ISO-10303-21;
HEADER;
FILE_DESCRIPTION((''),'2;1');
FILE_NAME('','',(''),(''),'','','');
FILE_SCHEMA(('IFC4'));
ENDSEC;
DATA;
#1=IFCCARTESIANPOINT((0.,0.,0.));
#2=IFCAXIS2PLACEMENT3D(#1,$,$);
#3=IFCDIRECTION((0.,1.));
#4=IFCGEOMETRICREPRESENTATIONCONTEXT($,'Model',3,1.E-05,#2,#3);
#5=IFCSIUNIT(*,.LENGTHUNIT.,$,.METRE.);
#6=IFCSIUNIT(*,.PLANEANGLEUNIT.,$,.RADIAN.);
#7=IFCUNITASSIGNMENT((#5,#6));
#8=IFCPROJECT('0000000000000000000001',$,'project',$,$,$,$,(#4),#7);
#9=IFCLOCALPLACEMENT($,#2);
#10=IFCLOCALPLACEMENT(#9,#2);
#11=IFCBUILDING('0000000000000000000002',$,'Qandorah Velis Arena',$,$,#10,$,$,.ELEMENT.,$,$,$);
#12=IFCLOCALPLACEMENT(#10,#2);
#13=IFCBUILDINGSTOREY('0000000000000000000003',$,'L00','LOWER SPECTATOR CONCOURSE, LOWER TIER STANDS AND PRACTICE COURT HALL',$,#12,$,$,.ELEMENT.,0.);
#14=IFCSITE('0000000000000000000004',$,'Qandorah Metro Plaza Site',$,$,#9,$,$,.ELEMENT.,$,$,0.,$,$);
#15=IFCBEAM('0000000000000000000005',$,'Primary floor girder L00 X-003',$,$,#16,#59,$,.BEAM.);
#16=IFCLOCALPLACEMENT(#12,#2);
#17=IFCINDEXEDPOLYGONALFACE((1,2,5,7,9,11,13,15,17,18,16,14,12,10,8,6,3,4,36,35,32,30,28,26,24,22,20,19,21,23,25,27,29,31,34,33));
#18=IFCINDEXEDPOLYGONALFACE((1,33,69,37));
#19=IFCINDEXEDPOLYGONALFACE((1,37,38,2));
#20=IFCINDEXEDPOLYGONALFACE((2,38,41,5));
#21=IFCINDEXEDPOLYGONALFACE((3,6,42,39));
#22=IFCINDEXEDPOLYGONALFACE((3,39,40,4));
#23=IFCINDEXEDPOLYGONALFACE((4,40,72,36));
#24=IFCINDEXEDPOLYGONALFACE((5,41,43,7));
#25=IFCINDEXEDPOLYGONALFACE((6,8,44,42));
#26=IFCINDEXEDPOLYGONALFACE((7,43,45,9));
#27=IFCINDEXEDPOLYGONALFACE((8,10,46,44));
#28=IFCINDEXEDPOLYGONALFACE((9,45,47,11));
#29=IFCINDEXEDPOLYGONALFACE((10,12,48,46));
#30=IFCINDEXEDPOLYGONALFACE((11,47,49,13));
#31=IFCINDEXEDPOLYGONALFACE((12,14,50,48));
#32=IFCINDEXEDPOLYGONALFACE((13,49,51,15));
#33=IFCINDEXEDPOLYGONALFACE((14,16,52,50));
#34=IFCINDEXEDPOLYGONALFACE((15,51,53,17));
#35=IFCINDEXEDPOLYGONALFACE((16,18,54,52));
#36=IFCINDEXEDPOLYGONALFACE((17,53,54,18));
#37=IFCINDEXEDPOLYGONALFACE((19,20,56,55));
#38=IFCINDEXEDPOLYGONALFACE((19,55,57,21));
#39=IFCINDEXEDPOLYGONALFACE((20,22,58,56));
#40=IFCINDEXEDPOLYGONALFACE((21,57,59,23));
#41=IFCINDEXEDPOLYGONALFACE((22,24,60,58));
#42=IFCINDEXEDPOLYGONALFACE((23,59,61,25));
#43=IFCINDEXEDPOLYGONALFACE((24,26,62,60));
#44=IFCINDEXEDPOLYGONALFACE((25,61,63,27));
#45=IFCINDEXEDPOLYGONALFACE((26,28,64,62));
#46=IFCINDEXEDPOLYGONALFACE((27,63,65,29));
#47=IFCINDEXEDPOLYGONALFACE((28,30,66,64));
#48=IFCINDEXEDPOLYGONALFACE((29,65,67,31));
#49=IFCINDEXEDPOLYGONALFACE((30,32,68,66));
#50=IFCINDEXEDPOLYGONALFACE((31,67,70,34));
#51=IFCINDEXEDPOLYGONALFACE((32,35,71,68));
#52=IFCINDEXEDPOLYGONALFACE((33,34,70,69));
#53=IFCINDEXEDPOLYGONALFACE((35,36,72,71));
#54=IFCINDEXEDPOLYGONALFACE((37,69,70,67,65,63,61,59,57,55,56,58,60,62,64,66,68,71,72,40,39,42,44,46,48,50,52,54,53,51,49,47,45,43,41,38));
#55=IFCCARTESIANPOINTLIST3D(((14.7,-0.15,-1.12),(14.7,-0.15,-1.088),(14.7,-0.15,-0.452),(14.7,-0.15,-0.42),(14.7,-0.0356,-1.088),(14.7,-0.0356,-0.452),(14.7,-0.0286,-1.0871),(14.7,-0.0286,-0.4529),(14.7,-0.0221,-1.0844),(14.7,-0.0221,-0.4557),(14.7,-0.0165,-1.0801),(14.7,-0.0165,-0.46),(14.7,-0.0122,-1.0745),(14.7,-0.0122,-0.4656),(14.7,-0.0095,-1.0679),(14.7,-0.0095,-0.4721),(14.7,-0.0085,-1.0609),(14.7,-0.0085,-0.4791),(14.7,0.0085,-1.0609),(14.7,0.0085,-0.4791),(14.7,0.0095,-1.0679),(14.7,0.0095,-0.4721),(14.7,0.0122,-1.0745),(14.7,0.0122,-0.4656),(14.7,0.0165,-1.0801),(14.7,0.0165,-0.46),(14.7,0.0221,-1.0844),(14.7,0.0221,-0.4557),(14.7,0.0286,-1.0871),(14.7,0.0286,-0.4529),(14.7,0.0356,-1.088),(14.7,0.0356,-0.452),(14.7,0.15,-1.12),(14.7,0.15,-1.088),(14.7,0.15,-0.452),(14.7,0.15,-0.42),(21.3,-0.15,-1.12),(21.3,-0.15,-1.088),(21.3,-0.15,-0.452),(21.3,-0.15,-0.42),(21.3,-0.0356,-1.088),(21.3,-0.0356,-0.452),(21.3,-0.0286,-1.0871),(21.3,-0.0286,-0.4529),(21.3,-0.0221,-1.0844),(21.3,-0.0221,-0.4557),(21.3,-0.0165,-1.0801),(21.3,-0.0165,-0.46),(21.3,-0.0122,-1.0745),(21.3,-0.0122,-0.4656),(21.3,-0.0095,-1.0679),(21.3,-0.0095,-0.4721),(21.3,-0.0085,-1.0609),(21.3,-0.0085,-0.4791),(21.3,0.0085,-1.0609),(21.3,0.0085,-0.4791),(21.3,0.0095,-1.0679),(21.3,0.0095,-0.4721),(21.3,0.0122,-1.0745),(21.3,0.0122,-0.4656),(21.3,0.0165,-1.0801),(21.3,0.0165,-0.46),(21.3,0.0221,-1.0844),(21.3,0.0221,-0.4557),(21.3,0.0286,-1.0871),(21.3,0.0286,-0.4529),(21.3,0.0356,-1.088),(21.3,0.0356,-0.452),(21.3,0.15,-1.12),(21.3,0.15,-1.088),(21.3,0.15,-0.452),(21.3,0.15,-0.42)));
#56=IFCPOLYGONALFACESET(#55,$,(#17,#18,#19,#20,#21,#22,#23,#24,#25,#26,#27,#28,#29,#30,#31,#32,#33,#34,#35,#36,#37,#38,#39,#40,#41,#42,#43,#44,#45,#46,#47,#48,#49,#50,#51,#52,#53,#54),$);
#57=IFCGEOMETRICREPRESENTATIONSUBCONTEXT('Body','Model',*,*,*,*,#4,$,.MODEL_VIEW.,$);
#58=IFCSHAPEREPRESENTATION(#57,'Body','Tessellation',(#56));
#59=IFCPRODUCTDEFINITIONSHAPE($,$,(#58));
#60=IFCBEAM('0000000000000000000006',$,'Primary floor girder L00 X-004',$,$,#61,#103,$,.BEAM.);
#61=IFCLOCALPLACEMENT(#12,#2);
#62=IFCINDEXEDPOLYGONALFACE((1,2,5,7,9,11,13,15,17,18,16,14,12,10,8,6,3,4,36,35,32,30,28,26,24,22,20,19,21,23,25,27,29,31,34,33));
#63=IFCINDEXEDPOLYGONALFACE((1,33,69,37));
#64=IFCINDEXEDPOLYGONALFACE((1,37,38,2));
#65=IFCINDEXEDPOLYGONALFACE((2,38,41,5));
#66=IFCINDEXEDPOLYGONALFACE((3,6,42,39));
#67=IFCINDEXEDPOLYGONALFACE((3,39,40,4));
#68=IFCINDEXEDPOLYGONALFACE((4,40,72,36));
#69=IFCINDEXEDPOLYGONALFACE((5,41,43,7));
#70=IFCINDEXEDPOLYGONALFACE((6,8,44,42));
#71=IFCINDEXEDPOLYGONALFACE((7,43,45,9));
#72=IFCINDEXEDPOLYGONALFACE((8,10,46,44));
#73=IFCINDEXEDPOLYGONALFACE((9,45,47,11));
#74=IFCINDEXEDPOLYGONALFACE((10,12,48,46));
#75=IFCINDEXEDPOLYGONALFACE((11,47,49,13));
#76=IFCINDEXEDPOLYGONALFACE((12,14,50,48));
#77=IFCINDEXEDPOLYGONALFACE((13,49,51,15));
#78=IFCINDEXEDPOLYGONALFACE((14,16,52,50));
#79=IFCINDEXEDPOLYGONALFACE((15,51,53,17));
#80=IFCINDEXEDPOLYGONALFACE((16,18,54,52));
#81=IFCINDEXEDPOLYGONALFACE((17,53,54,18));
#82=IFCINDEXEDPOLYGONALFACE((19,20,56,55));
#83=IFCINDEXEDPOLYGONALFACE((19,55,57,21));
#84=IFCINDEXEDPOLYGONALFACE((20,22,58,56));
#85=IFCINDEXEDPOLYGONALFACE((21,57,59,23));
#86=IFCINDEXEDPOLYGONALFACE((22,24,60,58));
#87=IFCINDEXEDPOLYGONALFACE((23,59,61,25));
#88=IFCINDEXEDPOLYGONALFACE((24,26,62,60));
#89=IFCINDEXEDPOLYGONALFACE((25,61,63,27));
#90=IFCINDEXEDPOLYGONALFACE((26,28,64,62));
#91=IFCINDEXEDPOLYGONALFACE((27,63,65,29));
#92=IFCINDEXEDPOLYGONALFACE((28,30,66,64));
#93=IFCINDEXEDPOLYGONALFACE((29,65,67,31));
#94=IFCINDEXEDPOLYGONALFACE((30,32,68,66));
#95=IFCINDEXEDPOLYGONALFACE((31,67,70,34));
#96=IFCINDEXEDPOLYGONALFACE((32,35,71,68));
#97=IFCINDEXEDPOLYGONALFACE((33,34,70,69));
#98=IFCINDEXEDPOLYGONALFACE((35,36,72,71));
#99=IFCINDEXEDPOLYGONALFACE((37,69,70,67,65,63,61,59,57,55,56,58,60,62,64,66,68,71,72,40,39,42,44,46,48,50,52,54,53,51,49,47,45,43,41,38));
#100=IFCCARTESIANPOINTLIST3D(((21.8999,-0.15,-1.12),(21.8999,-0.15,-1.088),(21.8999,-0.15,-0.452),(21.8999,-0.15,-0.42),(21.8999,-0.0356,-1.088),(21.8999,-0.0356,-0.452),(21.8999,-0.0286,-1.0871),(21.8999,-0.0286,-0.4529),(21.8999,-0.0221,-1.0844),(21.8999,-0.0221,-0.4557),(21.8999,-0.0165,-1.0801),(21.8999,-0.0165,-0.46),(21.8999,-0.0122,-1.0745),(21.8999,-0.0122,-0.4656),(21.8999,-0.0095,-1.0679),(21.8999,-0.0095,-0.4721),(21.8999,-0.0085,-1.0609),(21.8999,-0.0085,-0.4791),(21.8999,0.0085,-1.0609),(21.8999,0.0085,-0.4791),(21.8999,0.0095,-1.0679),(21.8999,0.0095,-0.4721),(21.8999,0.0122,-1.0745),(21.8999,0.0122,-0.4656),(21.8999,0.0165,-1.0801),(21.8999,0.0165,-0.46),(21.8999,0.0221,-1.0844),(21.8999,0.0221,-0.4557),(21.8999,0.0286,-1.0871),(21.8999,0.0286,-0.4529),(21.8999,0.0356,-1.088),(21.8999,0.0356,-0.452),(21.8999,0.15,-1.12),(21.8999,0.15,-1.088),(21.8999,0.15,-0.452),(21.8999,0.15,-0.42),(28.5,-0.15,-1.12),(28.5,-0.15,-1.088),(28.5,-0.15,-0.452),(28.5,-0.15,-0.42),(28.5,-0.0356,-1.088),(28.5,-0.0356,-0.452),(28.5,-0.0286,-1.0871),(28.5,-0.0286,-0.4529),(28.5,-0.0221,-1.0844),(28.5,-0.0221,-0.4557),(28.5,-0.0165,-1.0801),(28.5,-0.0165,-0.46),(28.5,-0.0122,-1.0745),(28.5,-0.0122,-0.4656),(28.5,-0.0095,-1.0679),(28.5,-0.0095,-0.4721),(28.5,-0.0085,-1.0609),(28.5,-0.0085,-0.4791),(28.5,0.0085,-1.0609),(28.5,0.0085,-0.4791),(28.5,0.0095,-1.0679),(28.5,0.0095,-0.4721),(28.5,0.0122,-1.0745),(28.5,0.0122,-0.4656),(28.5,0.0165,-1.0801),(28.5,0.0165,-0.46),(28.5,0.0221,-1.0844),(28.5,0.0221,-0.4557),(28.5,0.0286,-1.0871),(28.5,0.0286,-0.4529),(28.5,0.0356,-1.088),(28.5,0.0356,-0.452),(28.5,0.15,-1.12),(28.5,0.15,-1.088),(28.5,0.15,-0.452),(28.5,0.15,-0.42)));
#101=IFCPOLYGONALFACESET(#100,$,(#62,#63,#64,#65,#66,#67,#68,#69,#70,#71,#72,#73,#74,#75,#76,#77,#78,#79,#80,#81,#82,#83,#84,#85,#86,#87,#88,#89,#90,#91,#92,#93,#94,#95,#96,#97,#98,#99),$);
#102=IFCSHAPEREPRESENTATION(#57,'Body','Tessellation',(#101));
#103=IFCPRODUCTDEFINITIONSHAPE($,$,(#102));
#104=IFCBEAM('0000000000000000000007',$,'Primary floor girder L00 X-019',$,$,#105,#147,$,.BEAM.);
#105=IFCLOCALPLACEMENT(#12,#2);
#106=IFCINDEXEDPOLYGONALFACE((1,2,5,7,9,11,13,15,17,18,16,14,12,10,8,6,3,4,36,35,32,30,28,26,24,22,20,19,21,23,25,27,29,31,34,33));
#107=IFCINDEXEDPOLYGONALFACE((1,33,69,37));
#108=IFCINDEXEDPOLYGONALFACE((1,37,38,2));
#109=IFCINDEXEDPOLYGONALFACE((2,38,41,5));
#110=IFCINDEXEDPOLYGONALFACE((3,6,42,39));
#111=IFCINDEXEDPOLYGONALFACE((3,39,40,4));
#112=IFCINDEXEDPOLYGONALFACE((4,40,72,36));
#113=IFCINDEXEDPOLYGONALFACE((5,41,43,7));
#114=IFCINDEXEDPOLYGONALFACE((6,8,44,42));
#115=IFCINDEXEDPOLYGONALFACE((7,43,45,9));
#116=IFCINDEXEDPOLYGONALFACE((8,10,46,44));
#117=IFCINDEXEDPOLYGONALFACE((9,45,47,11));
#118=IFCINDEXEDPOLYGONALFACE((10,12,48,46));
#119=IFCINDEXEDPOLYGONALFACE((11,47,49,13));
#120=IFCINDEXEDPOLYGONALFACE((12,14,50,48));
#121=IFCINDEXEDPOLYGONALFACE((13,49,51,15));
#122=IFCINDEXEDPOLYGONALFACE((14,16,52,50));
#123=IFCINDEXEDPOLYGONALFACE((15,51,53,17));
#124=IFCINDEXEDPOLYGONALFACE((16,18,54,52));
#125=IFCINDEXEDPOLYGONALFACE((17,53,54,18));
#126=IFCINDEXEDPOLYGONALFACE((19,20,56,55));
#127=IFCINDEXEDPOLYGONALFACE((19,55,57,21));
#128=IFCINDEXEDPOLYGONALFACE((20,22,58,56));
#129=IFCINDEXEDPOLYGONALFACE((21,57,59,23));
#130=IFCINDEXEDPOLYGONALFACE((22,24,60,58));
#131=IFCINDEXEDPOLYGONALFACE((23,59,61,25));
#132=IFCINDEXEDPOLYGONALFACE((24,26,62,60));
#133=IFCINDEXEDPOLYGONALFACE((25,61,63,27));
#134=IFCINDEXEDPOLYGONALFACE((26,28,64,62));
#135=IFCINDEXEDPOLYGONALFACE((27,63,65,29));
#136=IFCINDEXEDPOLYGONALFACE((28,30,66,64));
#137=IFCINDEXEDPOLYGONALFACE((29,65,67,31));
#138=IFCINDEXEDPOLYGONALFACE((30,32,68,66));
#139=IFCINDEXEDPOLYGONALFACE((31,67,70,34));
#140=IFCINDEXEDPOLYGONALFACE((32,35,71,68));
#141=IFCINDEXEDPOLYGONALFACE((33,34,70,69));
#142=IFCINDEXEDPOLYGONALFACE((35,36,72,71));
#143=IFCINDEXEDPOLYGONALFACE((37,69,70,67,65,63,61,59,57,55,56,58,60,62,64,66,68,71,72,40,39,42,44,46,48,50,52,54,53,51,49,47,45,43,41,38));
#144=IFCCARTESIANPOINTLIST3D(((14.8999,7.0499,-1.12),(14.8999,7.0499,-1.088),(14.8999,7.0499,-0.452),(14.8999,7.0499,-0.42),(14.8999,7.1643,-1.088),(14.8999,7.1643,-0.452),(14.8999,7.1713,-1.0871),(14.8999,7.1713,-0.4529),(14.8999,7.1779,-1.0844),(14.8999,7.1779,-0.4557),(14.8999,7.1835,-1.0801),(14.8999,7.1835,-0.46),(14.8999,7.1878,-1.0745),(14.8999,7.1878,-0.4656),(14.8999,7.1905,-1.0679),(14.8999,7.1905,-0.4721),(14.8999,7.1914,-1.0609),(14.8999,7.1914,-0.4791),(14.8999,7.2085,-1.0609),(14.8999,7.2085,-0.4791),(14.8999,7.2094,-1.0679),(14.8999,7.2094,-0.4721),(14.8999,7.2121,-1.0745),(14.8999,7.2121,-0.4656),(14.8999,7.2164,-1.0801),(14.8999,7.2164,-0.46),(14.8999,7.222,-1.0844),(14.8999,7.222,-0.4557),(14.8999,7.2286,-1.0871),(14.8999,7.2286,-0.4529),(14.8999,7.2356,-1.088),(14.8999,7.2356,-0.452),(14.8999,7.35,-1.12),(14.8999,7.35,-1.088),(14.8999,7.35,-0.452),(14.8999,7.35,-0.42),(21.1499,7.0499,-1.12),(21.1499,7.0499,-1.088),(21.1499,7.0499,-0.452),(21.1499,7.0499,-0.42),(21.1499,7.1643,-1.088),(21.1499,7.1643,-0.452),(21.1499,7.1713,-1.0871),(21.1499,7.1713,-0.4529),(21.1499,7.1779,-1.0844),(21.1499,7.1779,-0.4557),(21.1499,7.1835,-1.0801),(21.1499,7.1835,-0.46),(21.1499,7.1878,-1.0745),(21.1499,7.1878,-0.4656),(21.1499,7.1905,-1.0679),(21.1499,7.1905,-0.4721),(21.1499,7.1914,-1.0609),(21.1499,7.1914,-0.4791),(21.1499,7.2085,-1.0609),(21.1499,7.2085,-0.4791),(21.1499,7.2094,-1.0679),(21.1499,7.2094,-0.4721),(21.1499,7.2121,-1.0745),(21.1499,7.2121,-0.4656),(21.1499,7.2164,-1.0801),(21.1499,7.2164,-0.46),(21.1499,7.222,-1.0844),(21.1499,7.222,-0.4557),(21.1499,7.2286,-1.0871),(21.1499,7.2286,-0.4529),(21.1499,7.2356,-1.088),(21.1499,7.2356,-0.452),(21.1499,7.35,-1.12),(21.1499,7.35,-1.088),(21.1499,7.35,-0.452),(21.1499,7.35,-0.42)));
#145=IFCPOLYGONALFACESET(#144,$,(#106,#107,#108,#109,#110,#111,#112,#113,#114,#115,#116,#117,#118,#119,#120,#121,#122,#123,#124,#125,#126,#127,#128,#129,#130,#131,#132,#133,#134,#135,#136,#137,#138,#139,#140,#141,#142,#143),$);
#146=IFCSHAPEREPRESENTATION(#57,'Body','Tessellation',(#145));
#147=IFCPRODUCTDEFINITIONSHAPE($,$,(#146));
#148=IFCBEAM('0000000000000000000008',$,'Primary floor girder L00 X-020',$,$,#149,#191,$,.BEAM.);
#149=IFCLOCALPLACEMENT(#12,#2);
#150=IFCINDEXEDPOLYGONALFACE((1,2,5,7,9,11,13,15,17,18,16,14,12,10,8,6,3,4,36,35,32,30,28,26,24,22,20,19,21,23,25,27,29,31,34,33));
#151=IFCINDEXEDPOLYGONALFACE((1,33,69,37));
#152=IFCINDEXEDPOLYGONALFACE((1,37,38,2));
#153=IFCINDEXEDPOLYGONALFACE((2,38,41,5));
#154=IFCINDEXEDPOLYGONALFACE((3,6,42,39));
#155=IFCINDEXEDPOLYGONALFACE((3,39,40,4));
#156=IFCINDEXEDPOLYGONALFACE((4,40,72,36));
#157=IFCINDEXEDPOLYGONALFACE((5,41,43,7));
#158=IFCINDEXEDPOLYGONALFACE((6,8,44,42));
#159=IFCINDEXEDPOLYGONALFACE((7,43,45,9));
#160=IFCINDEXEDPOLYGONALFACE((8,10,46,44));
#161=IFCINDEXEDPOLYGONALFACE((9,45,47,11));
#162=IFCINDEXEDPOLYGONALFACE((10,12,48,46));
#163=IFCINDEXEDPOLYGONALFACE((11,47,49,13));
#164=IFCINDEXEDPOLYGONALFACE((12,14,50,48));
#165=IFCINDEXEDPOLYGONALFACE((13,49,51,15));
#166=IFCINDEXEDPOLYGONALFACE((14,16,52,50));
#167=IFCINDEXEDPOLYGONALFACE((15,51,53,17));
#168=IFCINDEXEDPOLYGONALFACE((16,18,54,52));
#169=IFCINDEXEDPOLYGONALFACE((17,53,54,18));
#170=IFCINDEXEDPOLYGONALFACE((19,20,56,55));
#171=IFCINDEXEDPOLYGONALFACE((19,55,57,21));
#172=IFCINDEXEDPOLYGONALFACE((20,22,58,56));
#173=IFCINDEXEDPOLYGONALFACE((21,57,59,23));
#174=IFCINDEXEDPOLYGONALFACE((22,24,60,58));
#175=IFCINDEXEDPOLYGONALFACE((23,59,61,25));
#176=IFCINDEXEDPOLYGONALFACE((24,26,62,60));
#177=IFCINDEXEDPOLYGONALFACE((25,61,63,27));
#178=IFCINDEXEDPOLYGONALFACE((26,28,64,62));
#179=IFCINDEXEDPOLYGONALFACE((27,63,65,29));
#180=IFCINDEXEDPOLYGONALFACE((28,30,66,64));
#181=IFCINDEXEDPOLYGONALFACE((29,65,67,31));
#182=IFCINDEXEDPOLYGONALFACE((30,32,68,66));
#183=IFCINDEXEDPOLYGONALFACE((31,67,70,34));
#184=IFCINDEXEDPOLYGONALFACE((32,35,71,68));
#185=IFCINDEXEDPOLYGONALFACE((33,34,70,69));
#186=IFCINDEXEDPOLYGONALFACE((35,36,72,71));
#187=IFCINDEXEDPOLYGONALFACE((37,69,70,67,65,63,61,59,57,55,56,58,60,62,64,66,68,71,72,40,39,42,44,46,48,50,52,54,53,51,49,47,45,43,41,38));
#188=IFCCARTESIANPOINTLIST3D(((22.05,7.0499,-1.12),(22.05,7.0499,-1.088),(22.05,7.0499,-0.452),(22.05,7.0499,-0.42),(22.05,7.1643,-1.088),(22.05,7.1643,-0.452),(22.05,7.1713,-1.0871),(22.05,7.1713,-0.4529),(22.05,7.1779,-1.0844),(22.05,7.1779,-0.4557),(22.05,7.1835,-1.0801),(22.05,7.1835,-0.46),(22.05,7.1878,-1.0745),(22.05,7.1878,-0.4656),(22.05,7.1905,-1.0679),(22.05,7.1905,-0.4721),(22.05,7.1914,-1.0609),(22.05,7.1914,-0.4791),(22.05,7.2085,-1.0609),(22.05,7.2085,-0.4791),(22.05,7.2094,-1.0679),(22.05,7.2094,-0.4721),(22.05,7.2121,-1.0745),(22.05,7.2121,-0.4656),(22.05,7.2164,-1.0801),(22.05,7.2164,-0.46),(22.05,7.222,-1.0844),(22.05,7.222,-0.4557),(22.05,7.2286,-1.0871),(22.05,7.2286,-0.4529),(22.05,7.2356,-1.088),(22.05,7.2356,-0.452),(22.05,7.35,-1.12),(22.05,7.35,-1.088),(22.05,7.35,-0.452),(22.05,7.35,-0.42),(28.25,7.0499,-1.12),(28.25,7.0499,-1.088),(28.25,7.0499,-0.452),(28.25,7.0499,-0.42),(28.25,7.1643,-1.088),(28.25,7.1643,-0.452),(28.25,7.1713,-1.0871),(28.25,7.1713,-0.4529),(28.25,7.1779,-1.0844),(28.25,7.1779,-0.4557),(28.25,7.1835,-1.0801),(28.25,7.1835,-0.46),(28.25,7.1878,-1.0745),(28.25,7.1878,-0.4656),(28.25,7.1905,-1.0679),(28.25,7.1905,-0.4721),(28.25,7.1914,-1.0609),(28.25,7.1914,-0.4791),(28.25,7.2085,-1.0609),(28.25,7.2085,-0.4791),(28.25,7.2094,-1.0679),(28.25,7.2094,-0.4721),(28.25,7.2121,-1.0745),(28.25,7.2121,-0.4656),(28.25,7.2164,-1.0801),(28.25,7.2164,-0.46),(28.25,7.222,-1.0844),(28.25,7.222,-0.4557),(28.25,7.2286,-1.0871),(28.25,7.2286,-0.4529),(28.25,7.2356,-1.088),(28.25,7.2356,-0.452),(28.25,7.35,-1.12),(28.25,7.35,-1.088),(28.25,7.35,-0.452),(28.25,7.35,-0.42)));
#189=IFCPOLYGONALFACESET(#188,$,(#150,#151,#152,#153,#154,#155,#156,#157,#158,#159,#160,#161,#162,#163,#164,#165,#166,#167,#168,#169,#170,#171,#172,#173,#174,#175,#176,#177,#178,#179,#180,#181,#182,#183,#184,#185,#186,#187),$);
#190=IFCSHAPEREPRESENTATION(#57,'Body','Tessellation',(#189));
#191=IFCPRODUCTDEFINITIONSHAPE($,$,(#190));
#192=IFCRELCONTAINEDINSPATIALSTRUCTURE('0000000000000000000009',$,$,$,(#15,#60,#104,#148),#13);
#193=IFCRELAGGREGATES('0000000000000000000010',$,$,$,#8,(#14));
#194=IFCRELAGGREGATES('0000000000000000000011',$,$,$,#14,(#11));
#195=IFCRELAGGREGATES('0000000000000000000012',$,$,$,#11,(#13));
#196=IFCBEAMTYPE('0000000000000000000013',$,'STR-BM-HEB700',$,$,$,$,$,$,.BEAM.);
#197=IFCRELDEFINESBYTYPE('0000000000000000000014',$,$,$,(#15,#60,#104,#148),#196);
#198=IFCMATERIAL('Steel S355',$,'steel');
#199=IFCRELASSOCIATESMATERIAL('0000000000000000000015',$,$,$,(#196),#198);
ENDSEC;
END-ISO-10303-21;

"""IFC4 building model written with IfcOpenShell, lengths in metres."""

from ifc_helpers import new_model, si_unit, direction, frame, origin, origin_2d, place, context, subcontext, project, spatial, i_section, extrude, material, material_profile, profile_set, type_object, element, save


model = new_model("IFC4")

# Units and contexts
model_context = context("Model", 3, precision=1e-05, world=origin(), true_north=direction((0.0, 1.0)))
body_context = subcontext(model_context, "Body", "Model", "MODEL_VIEW")
ifc_project = project(units=[si_unit("LENGTHUNIT", "METRE"), si_unit("PLANEANGLEUNIT", "RADIAN")], contexts=[model_context])

# Site, building, storey
site_placement = place(None, origin())
site = spatial("IfcSite", under=ifc_project, at=site_placement, Name="Qandorah Metro Plaza Site", CompositionType="ELEMENT", RefElevation=0.0)
building_placement = place(site_placement, origin())
building = spatial("IfcBuilding", under=site, at=building_placement, Name="Qandorah Velis Arena", CompositionType="ELEMENT")
storey_placement = place(building_placement, origin())
storey = spatial("IfcBuildingStorey", under=building, at=storey_placement, Name="L00", Description="LOWER SPECTATOR CONCOURSE, LOWER TIER STANDS AND PRACTICE COURT HALL", CompositionType="ELEMENT", Elevation=0.0)

# Beams
ifc_material_1 = material(Name="Steel S355", Category="steel")
ifc_material_profile_1 = material_profile(ifc_material_1, i_section(OverallWidth=0.3, OverallDepth=0.7, WebThickness=0.0171, FlangeThickness=0.032, FilletRadius=0.0271, at=origin_2d()), Name="HEB 700")
ifc_profile_set_1 = profile_set([ifc_material_profile_1], Name="Steel S355")
beam_type_1 = type_object("IfcBeamType", Name="STR-BM-HEB700", PredefinedType="BEAM", material=ifc_profile_set_1)
for number, where, z_axis, x_axis, name in (
    (1, (14.7, 0.0, -0.77), (1.0, 0.0, 0.0), (0.0, 1.0, 0.0), "Primary floor girder L00 X-003"),
    (2, (21.8999, 0.0, -0.77), (1.0, 0.0, 0.0), (0.0, 1.0, 0.0), "Primary floor girder L00 X-004"),
):
    element("IfcBeam", number, at=place(storey_placement, frame(where, z_axis=z_axis, x_axis=x_axis)), inside=storey, type_object=beam_type_1, Name=name, PredefinedType="BEAM", context=body_context, shape_type="SweptSolid", body=[
        extrude(i_section(OverallWidth=0.3, OverallDepth=0.7, WebThickness=0.0171, FlangeThickness=0.032, FilletRadius=0.0271, at=origin_2d()), origin(), (0.0, 0.0, 1.0), 6.6001),
    ])
beam_1_placement = place(storey_placement, frame((14.8999, 7.2, -0.77), z_axis=(1.0, 0.0, 0.0), x_axis=(0.0, 1.0, 0.0)))
element("IfcBeam", 3, at=beam_1_placement, inside=storey, type_object=beam_type_1, Name="Primary floor girder L00 X-019", PredefinedType="BEAM", context=body_context, shape_type="SweptSolid", body=[
    extrude(i_section(OverallWidth=0.3, OverallDepth=0.7, WebThickness=0.0171, FlangeThickness=0.032, FilletRadius=0.0271, at=origin_2d()), origin(), (0.0, 0.0, 1.0), 6.25),
])
for number, where, z_axis, x_axis, name in (
    (4, (22.05, 7.2, -0.77), (1.0, 0.0, 0.0), (0.0, 1.0, 0.0), "Primary floor girder L00 X-020"),
):
    element("IfcBeam", number, at=place(storey_placement, frame(where, z_axis=z_axis, x_axis=x_axis)), inside=storey, type_object=beam_type_1, Name=name, PredefinedType="BEAM", context=body_context, shape_type="SweptSolid", body=[
        extrude(i_section(OverallWidth=0.3, OverallDepth=0.7, WebThickness=0.0171, FlangeThickness=0.032, FilletRadius=0.0271, at=origin_2d()), origin(), (0.0, 0.0, 1.0), 6.2),
    ])

save(model, "model.ifc")
